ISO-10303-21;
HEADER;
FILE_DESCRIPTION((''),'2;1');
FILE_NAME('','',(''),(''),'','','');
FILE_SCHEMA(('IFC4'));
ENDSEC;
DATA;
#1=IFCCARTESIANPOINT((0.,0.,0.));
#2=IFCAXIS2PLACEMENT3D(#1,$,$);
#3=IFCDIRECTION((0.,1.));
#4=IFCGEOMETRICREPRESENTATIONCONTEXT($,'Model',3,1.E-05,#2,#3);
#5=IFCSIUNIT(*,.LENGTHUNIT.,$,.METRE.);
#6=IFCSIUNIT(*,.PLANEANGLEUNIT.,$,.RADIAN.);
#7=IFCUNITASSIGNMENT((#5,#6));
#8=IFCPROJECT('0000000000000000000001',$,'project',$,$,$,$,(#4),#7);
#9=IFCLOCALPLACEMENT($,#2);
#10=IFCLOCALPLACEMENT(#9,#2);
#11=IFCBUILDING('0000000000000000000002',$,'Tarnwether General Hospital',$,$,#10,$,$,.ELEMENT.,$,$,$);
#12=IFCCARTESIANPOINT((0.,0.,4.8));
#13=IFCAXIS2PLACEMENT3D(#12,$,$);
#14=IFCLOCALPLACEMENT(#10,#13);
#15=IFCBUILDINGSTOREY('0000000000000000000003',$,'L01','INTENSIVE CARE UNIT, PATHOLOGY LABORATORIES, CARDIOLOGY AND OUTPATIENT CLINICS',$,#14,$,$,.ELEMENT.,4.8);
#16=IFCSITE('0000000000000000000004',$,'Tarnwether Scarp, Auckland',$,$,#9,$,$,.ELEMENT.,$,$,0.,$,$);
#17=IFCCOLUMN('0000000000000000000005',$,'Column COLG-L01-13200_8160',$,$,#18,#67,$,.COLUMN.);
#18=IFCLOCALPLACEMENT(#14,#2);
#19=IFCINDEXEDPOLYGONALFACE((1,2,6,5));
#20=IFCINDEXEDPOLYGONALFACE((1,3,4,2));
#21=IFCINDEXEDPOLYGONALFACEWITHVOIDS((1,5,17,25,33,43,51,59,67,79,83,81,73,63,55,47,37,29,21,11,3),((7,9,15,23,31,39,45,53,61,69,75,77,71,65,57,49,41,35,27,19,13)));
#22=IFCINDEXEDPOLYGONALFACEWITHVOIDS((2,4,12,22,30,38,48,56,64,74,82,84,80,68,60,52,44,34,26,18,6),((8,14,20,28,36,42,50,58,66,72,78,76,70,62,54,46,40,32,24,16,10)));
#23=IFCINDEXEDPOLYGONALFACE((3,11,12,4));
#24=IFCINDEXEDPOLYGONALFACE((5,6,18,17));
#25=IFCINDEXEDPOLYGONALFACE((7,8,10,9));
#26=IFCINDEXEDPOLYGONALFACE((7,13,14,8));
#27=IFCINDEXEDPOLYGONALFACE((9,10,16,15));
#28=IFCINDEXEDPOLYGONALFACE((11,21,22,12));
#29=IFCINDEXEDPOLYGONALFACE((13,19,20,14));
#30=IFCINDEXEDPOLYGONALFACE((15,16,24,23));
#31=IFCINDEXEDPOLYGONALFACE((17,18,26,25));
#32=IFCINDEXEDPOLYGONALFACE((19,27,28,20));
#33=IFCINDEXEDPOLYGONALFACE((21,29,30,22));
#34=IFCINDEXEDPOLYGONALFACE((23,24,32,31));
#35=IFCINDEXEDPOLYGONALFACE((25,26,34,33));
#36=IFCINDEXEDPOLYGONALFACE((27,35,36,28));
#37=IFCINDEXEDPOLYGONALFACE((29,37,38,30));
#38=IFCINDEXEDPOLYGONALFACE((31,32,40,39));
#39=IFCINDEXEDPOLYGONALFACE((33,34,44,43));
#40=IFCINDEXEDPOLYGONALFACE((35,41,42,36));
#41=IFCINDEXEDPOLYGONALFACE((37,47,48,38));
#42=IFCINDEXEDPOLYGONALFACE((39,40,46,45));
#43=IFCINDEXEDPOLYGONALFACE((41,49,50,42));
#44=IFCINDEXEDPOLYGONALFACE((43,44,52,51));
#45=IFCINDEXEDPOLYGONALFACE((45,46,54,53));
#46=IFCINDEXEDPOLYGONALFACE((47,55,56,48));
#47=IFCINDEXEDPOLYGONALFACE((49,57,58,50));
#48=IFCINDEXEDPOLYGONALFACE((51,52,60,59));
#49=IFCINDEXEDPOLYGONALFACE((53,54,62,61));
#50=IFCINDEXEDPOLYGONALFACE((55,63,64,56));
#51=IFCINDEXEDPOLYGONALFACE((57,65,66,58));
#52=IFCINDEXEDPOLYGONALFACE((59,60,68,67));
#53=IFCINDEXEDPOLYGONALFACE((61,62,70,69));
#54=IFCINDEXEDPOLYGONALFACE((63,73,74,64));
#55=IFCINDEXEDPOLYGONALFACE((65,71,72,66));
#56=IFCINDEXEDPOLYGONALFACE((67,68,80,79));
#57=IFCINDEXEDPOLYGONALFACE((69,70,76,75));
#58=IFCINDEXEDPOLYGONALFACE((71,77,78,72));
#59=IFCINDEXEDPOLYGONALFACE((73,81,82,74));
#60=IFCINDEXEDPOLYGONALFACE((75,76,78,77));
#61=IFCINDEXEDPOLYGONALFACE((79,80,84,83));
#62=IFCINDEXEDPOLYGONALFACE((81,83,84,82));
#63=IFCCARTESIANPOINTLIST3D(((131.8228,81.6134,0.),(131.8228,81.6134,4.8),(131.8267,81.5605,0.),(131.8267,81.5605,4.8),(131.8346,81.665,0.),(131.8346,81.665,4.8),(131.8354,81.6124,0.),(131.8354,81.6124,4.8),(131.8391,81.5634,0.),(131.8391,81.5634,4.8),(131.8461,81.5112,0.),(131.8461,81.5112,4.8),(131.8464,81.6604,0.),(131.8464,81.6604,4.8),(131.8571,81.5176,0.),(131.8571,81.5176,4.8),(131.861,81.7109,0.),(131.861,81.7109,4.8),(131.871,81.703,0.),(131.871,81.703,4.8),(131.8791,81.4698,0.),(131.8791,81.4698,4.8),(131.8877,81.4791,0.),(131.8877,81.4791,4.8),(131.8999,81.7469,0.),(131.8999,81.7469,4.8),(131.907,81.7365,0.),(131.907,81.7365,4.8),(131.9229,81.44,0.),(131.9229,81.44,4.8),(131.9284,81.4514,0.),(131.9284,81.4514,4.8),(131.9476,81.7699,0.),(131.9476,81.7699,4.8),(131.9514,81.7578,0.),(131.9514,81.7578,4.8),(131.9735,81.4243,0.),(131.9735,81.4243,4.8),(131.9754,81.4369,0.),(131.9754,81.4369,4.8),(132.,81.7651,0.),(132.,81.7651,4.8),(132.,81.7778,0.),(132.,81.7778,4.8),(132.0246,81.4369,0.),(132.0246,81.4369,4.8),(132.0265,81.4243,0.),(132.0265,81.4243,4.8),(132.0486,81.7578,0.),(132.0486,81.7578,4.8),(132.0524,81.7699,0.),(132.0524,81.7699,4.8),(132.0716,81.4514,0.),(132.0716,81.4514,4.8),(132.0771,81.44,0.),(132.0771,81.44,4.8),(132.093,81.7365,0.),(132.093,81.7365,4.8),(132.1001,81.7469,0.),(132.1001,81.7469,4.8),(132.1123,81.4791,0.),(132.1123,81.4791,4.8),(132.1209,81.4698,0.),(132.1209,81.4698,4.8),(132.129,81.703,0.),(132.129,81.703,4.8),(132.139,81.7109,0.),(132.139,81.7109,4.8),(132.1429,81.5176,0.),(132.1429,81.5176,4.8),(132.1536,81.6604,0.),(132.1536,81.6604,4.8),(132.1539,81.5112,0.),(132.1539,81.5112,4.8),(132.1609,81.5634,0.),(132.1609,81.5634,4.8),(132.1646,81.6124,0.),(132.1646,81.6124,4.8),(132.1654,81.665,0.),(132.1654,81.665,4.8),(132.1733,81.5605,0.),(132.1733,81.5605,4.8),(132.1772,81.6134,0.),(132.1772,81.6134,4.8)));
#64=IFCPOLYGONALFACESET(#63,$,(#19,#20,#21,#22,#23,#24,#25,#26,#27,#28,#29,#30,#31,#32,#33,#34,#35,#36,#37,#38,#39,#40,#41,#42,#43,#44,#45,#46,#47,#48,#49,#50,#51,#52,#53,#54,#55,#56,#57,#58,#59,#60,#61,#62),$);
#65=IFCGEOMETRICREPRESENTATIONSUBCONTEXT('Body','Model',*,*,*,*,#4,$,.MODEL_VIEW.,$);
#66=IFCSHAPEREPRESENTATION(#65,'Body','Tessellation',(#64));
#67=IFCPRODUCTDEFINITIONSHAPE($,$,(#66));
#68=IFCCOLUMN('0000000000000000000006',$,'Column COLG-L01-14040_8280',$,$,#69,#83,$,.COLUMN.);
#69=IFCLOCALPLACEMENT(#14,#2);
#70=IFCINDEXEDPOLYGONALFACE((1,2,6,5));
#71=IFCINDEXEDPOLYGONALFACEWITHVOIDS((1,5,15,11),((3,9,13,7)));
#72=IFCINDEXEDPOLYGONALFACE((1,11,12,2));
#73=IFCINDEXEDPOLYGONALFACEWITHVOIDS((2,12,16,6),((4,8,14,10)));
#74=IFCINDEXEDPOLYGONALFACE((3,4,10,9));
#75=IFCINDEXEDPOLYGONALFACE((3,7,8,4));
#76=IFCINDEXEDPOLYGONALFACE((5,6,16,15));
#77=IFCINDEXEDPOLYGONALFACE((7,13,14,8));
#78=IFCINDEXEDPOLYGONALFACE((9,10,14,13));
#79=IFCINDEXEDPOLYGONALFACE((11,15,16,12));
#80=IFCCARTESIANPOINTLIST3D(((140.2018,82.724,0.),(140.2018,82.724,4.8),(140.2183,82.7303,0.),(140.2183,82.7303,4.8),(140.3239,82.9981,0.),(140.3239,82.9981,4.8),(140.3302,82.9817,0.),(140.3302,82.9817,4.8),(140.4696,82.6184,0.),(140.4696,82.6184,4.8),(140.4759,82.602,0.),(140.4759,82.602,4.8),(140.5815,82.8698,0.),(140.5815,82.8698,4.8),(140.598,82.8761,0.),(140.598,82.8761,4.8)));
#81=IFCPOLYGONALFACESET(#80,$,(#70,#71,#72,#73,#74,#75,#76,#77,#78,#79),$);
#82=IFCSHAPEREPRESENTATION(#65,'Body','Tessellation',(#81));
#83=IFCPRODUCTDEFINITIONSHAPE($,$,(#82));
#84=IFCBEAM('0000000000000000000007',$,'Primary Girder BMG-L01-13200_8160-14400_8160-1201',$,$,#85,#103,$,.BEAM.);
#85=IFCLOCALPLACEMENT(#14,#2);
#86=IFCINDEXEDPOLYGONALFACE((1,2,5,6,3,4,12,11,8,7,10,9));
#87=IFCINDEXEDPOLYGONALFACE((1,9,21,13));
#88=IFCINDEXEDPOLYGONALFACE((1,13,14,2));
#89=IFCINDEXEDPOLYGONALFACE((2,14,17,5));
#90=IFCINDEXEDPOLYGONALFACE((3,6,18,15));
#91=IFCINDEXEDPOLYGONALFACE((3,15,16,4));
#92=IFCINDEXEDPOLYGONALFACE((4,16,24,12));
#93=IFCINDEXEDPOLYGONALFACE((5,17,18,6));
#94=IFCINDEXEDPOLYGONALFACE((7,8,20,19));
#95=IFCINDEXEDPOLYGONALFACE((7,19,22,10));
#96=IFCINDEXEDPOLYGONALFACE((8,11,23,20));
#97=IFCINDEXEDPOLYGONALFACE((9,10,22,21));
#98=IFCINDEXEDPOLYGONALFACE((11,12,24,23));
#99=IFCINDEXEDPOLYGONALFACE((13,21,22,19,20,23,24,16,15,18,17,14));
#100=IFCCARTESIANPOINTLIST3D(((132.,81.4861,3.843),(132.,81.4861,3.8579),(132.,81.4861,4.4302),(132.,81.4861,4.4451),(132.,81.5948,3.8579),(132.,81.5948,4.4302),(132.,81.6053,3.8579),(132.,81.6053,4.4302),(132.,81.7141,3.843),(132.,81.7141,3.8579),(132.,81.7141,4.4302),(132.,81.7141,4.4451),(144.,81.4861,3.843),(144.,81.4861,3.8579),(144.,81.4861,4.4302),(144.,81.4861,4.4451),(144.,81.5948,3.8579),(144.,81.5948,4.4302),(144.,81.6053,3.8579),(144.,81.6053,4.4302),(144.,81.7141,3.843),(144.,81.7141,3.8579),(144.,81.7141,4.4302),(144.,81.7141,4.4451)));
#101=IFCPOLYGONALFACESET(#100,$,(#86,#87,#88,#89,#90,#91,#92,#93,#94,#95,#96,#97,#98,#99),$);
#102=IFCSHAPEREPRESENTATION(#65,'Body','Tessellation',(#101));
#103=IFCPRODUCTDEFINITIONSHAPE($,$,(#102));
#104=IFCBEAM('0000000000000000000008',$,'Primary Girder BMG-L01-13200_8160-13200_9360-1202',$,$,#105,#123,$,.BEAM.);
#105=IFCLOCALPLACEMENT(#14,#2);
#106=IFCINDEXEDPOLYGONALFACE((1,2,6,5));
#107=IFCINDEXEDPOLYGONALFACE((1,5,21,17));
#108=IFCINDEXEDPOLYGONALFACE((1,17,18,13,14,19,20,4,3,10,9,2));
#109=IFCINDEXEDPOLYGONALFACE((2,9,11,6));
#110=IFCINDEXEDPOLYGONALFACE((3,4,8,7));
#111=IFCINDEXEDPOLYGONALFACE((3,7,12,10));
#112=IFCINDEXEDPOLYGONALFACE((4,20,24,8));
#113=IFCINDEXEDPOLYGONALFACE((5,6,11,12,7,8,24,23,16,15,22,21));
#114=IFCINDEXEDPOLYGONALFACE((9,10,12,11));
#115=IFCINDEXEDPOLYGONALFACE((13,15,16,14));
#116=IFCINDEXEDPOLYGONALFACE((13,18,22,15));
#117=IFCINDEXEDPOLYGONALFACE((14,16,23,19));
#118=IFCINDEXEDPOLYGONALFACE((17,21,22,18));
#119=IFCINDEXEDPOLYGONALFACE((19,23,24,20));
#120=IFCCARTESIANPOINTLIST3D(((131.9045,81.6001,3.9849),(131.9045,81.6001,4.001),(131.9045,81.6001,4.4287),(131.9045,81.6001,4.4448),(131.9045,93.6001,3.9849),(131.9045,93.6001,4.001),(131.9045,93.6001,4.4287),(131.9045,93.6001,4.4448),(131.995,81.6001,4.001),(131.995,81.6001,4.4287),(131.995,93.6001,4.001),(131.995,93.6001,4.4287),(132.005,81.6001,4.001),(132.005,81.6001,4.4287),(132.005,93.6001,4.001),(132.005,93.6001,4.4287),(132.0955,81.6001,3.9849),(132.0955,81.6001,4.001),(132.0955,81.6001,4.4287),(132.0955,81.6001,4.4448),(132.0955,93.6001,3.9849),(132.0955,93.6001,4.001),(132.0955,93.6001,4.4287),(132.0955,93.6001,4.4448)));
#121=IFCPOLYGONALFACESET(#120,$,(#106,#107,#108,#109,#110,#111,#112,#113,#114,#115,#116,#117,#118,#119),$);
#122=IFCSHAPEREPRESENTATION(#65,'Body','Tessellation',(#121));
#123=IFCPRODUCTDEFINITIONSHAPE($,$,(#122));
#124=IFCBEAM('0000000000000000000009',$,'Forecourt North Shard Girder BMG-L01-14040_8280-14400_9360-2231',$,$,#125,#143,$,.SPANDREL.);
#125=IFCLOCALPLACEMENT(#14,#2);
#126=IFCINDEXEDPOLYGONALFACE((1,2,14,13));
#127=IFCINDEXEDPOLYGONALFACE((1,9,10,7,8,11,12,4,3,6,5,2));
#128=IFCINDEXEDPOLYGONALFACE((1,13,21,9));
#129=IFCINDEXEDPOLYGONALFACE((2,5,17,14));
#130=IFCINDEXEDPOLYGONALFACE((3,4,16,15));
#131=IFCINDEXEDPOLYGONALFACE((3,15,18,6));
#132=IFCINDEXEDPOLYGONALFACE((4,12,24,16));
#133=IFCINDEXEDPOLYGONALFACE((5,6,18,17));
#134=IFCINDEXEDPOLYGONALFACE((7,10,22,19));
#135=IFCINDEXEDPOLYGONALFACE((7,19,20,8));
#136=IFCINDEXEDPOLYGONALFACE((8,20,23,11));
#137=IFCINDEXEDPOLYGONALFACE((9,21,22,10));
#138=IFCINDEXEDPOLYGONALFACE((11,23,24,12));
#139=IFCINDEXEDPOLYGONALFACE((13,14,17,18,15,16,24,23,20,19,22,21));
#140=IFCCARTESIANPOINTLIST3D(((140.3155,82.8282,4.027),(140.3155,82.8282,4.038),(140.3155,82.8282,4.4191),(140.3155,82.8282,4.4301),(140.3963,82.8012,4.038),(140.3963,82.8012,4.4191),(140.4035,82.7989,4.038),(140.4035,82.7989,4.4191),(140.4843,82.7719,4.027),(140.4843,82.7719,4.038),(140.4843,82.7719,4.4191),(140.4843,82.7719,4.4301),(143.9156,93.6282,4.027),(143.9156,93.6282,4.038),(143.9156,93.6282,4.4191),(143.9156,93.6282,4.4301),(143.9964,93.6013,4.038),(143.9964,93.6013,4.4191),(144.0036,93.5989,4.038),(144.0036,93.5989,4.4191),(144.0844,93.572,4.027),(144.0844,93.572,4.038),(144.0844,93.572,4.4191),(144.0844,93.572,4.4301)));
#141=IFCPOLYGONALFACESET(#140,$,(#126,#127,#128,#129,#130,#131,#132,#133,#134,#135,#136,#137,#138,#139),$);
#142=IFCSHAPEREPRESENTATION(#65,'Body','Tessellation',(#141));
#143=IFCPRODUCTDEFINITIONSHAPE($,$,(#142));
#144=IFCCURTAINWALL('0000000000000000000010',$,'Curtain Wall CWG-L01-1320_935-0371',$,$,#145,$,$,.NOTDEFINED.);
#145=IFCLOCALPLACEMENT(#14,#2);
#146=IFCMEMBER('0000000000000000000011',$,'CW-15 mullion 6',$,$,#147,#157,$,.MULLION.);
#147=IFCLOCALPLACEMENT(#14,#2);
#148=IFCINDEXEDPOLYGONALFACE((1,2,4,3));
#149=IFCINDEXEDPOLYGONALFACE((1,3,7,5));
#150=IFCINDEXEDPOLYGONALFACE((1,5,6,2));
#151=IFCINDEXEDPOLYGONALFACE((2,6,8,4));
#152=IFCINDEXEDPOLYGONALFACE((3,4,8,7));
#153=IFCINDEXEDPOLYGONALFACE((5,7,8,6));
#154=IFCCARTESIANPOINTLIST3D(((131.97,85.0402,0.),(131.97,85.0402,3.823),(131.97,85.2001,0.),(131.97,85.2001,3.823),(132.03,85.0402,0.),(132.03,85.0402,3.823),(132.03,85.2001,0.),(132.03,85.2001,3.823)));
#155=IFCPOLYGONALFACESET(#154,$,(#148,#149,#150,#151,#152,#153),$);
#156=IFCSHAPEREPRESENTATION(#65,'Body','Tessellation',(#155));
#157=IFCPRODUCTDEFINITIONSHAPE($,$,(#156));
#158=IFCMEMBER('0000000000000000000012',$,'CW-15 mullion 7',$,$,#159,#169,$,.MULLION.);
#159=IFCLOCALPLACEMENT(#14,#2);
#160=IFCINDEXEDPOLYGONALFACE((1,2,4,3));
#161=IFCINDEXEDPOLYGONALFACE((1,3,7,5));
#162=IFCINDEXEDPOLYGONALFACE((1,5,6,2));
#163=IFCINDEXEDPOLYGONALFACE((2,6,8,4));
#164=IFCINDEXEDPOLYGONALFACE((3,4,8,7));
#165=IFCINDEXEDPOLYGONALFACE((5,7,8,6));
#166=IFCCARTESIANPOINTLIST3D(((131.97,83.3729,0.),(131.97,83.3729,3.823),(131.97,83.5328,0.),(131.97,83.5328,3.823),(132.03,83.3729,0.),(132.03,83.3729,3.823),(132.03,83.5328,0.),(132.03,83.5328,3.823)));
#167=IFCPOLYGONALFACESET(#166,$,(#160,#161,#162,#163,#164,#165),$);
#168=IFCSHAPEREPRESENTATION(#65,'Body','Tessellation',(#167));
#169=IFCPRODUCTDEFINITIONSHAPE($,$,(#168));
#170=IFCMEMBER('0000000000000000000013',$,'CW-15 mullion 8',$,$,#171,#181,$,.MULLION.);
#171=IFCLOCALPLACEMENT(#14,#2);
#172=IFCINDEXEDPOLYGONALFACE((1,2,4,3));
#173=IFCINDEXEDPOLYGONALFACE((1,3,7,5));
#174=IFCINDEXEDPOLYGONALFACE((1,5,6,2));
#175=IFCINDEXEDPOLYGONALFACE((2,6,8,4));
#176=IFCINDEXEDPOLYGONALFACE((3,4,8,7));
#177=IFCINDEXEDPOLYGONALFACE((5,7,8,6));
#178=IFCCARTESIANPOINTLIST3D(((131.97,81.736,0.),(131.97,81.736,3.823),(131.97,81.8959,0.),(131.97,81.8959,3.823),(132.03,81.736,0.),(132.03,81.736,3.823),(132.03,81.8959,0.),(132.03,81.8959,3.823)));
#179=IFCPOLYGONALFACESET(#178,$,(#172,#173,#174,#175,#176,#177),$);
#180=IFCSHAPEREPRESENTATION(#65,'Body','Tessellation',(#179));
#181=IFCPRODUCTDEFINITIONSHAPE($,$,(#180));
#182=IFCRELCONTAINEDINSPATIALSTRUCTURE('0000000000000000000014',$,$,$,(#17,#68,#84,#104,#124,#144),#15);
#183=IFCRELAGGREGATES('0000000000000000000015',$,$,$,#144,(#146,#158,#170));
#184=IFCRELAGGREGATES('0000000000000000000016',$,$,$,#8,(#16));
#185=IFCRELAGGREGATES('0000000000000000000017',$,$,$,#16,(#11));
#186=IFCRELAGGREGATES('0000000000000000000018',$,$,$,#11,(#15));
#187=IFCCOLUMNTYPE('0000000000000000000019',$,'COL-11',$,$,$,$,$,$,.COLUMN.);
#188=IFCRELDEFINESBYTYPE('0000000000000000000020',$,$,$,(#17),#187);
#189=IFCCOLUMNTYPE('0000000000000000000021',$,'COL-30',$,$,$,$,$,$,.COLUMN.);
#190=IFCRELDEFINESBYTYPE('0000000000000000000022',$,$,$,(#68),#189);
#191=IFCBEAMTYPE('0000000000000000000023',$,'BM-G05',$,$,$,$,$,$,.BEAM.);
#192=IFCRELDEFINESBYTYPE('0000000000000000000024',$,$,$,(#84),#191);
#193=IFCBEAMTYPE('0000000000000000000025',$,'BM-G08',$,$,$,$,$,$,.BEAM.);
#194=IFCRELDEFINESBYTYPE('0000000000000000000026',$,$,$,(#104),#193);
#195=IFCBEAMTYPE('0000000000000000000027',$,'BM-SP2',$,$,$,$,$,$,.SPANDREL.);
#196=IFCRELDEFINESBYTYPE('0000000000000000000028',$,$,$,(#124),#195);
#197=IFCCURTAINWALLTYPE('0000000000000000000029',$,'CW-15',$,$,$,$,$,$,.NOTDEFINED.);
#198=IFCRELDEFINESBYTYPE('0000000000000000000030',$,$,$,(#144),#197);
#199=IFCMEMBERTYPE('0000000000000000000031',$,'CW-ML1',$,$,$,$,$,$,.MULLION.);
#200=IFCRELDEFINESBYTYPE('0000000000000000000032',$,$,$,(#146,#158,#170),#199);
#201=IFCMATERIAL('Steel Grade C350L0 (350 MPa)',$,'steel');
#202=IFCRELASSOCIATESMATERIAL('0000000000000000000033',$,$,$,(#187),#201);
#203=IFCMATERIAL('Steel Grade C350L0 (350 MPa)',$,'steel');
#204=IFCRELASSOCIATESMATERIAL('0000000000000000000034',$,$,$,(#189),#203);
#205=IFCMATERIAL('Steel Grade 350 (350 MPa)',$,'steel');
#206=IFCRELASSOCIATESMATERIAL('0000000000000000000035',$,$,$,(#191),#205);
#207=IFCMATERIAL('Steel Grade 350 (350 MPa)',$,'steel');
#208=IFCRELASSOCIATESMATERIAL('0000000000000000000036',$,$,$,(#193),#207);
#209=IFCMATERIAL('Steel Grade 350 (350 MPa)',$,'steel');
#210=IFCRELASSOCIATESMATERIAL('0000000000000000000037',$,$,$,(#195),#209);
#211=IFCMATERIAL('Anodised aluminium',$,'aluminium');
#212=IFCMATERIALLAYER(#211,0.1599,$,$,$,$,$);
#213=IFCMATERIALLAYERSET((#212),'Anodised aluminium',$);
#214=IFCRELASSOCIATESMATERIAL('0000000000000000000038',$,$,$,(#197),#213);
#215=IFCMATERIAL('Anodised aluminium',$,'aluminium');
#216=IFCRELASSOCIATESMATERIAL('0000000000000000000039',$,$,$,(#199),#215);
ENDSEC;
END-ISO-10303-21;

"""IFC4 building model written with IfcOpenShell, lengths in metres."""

from ifc_helpers import new_model, si_unit, direction, frame, origin, origin_2d, place, context, subcontext, project, spatial, rectangle, hollow_rectangle, hollow_circle, i_section, extrude, material, layer, layer_set, material_profile, profile_set, type_object, element, aggregate, save


model = new_model("IFC4")

# Units and contexts
model_context = context("Model", 3, precision=1e-05, world=origin(), true_north=direction((0.0, 1.0)))
body_context = subcontext(model_context, "Body", "Model", "MODEL_VIEW")
ifc_project = project(units=[si_unit("LENGTHUNIT", "METRE"), si_unit("PLANEANGLEUNIT", "RADIAN")], contexts=[model_context])

# Site, building, storey
site_placement = place(None, origin())
site = spatial("IfcSite", under=ifc_project, at=site_placement, Name="Tarnwether Scarp, Auckland", CompositionType="ELEMENT", RefElevation=0.0)
building_placement = place(site_placement, origin())
building = spatial("IfcBuilding", under=site, at=building_placement, Name="Tarnwether General Hospital", CompositionType="ELEMENT")
storey_placement = place(building_placement, frame((0.0, 0.0, 4.8)))
storey = spatial("IfcBuildingStorey", under=building, at=storey_placement, Name="L01", Description="INTENSIVE CARE UNIT, PATHOLOGY LABORATORIES, CARDIOLOGY AND OUTPATIENT CLINICS", CompositionType="ELEMENT", Elevation=4.8)

# Columns
ifc_material_1 = material(Name="Steel Grade C350L0 (350 MPa)", Category="steel")
ifc_material_profile_1 = material_profile(ifc_material_1, hollow_circle(Radius=0.1777, WallThickness=0.0127, at=origin_2d()), Name="CHS355.6x12.7")
ifc_profile_set_1 = profile_set([ifc_material_profile_1], Name="Steel Grade C350L0 (350 MPa)")
column_type_1 = type_object("IfcColumnType", Name="COL-11", PredefinedType="COLUMN", material=ifc_profile_set_1)
column_1_placement = place(storey_placement, frame((132.0, 81.6001, 0.0), z_axis=(0.0, 0.0, 1.0), x_axis=(0.0, 1.0, 0.0)))
element("IfcColumn", 1, at=column_1_placement, inside=storey, type_object=column_type_1, Name="Column COLG-L01-13200_8160", PredefinedType="COLUMN", context=body_context, shape_type="SweptSolid", body=[
    extrude(hollow_circle(Radius=0.1777, WallThickness=0.0127, at=origin_2d()), origin(), (0.0, 0.0, 1.0), 4.8),
])
ifc_material_2 = material(Name="Steel Grade C350L0 (350 MPa)", Category="steel")
ifc_material_profile_2 = material_profile(ifc_material_2, hollow_rectangle(XDim=0.3, YDim=0.3, WallThickness=0.0125, at=origin_2d()), Name="SHS300x300x12.5")
ifc_profile_set_2 = profile_set([ifc_material_profile_2], Name="Steel Grade C350L0 (350 MPa)")
column_type_2 = type_object("IfcColumnType", Name="COL-30", PredefinedType="COLUMN", material=ifc_profile_set_2)
column_2_placement = place(storey_placement, frame((140.3999, 82.8, 0.0), z_axis=(0.0, 0.0, 1.0), x_axis=(0.913545, -0.406737, 0.0)))
element("IfcColumn", 2, at=column_2_placement, inside=storey, type_object=column_type_2, Name="Column COLG-L01-14040_8280", PredefinedType="COLUMN", context=body_context, shape_type="SweptSolid", body=[
    extrude(hollow_rectangle(XDim=0.3, YDim=0.3, WallThickness=0.0125, at=origin_2d()), origin(), (0.0, 0.0, 1.0), 4.8),
])

# Beams
ifc_material_3 = material(Name="Steel Grade 350 (350 MPa)", Category="steel")
ifc_material_profile_3 = material_profile(ifc_material_3, i_section(OverallWidth=0.228, OverallDepth=0.6021, WebThickness=0.0105, FlangeThickness=0.0149, at=origin_2d()), Name="610UB101")
ifc_profile_set_3 = profile_set([ifc_material_profile_3], Name="Steel Grade 350 (350 MPa)")
beam_type_1 = type_object("IfcBeamType", Name="BM-G05", PredefinedType="BEAM", material=ifc_profile_set_3)
beam_1_placement = place(storey_placement, frame((132.0, 81.6001, 4.144), z_axis=(1.0, 0.0, 0.0), x_axis=(0.0, 1.0, 0.0)))
element("IfcBeam", 3, at=beam_1_placement, inside=storey, type_object=beam_type_1, Name="Primary Girder BMG-L01-13200_8160-14400_8160-1201", PredefinedType="BEAM", context=body_context, shape_type="SweptSolid", body=[
    extrude(i_section(OverallWidth=0.228, OverallDepth=0.6021, WebThickness=0.0105, FlangeThickness=0.0149, at=origin_2d()), origin(), (0.0, 0.0, 1.0), 12.0),
])
ifc_material_4 = material(Name="Steel Grade 350 (350 MPa)", Category="steel")
ifc_material_profile_4 = material_profile(ifc_material_4, i_section(OverallWidth=0.1909, OverallDepth=0.46, WebThickness=0.01, FlangeThickness=0.0161, at=origin_2d()), Name="460UB82.1")
ifc_profile_set_4 = profile_set([ifc_material_profile_4], Name="Steel Grade 350 (350 MPa)")
beam_type_2 = type_object("IfcBeamType", Name="BM-G08", PredefinedType="BEAM", material=ifc_profile_set_4)
beam_2_placement = place(storey_placement, frame((132.0, 81.6001, 4.2148), z_axis=(0.0, 1.0, 0.0), x_axis=(-1.0, 0.0, 0.0)))
element("IfcBeam", 4, at=beam_2_placement, inside=storey, type_object=beam_type_2, Name="Primary Girder BMG-L01-13200_8160-13200_9360-1202", PredefinedType="BEAM", context=body_context, shape_type="SweptSolid", body=[
    extrude(i_section(OverallWidth=0.1909, OverallDepth=0.46, WebThickness=0.01, FlangeThickness=0.0161, at=origin_2d()), origin(), (0.0, 0.0, 1.0), 12.0),
])
ifc_material_5 = material(Name="Steel Grade 350 (350 MPa)", Category="steel")
ifc_material_profile_5 = material_profile(ifc_material_5, i_section(OverallWidth=0.178, OverallDepth=0.4031, WebThickness=0.0076, FlangeThickness=0.011, at=origin_2d()), Name="410UB53.7")
ifc_profile_set_5 = profile_set([ifc_material_profile_5], Name="Steel Grade 350 (350 MPa)")
beam_type_3 = type_object("IfcBeamType", Name="BM-SP2", PredefinedType="SPANDREL", material=ifc_profile_set_5)
beam_3_placement = place(storey_placement, frame((140.3999, 82.8, 4.2285), z_axis=(0.316234, 0.948681, 0.0), x_axis=(-0.948681, 0.316234, 0.0)))
element("IfcBeam", 5, at=beam_3_placement, inside=storey, type_object=beam_type_3, Name="Forecourt North Shard Girder BMG-L01-14040_8280-14400_9360-2231", PredefinedType="SPANDREL", context=body_context, shape_type="SweptSolid", body=[
    extrude(i_section(OverallWidth=0.178, OverallDepth=0.4031, WebThickness=0.0076, FlangeThickness=0.011, at=origin_2d()), origin(), (0.0, 0.0, 1.0), 11.3843),
])

# Curtain wall, members
ifc_material_6 = material(Name="Anodised aluminium", Category="aluminium")
ifc_layer_1 = layer(ifc_material_6, 0.1599)
ifc_layer_set_1 = layer_set([ifc_layer_1], Name="Anodised aluminium")
curtain_wall_type = type_object("IfcCurtainWallType", Name="CW-15", PredefinedType="NOTDEFINED", material=ifc_layer_set_1)
curtain_wall_1_placement = place(storey_placement, origin())
curtain_wall_1 = element("IfcCurtainWall", 6, at=curtain_wall_1_placement, inside=storey, type_object=curtain_wall_type, Name="Curtain Wall CWG-L01-1320_935-0371", PredefinedType="NOTDEFINED")
ifc_material_7 = material(Name="Anodised aluminium", Category="aluminium")
ifc_material_profile_6 = material_profile(ifc_material_7, rectangle(XDim=0.0601, YDim=0.1599, at=origin_2d()), Name="ALU-MUL-60x160")
ifc_profile_set_6 = profile_set([ifc_material_profile_6], Name="Anodised aluminium")
member_type_1 = type_object("IfcMemberType", Name="CW-ML1", PredefinedType="MULLION", material=ifc_profile_set_6)
member_1_placement = place(storey_placement, frame((132.0, 85.1201, 0.0), z_axis=(0.0, 0.0, 1.0), x_axis=(1.0, 0.0, 0.0)))
member_1 = element("IfcMember", 7, at=member_1_placement, type_object=member_type_1, Name="CW-15 mullion 6", PredefinedType="MULLION", context=body_context, shape_type="SweptSolid", body=[
    extrude(rectangle(XDim=0.0601, YDim=0.1599, at=origin_2d()), origin(), (0.0, 0.0, 1.0), 3.823),
])
member_2_placement = place(storey_placement, frame((132.0, 83.4529, 0.0), z_axis=(0.0, 0.0, 1.0), x_axis=(1.0, 0.0, 0.0)))
member_2 = element("IfcMember", 8, at=member_2_placement, type_object=member_type_1, Name="CW-15 mullion 7", PredefinedType="MULLION", context=body_context, shape_type="SweptSolid", body=[
    extrude(rectangle(XDim=0.0601, YDim=0.1599, at=origin_2d()), origin(), (0.0, 0.0, 1.0), 3.823),
])
member_3_placement = place(storey_placement, frame((132.0, 81.8159, 0.0), z_axis=(0.0, 0.0, 1.0), x_axis=(1.0, 0.0, 0.0)))
member_3 = element("IfcMember", 9, at=member_3_placement, type_object=member_type_1, Name="CW-15 mullion 8", PredefinedType="MULLION", context=body_context, shape_type="SweptSolid", body=[
    extrude(rectangle(XDim=0.0601, YDim=0.1599, at=origin_2d()), origin(), (0.0, 0.0, 1.0), 3.823),
])

aggregate(curtain_wall_1, [member_1, member_2, member_3])

save(model, "model.ifc")
